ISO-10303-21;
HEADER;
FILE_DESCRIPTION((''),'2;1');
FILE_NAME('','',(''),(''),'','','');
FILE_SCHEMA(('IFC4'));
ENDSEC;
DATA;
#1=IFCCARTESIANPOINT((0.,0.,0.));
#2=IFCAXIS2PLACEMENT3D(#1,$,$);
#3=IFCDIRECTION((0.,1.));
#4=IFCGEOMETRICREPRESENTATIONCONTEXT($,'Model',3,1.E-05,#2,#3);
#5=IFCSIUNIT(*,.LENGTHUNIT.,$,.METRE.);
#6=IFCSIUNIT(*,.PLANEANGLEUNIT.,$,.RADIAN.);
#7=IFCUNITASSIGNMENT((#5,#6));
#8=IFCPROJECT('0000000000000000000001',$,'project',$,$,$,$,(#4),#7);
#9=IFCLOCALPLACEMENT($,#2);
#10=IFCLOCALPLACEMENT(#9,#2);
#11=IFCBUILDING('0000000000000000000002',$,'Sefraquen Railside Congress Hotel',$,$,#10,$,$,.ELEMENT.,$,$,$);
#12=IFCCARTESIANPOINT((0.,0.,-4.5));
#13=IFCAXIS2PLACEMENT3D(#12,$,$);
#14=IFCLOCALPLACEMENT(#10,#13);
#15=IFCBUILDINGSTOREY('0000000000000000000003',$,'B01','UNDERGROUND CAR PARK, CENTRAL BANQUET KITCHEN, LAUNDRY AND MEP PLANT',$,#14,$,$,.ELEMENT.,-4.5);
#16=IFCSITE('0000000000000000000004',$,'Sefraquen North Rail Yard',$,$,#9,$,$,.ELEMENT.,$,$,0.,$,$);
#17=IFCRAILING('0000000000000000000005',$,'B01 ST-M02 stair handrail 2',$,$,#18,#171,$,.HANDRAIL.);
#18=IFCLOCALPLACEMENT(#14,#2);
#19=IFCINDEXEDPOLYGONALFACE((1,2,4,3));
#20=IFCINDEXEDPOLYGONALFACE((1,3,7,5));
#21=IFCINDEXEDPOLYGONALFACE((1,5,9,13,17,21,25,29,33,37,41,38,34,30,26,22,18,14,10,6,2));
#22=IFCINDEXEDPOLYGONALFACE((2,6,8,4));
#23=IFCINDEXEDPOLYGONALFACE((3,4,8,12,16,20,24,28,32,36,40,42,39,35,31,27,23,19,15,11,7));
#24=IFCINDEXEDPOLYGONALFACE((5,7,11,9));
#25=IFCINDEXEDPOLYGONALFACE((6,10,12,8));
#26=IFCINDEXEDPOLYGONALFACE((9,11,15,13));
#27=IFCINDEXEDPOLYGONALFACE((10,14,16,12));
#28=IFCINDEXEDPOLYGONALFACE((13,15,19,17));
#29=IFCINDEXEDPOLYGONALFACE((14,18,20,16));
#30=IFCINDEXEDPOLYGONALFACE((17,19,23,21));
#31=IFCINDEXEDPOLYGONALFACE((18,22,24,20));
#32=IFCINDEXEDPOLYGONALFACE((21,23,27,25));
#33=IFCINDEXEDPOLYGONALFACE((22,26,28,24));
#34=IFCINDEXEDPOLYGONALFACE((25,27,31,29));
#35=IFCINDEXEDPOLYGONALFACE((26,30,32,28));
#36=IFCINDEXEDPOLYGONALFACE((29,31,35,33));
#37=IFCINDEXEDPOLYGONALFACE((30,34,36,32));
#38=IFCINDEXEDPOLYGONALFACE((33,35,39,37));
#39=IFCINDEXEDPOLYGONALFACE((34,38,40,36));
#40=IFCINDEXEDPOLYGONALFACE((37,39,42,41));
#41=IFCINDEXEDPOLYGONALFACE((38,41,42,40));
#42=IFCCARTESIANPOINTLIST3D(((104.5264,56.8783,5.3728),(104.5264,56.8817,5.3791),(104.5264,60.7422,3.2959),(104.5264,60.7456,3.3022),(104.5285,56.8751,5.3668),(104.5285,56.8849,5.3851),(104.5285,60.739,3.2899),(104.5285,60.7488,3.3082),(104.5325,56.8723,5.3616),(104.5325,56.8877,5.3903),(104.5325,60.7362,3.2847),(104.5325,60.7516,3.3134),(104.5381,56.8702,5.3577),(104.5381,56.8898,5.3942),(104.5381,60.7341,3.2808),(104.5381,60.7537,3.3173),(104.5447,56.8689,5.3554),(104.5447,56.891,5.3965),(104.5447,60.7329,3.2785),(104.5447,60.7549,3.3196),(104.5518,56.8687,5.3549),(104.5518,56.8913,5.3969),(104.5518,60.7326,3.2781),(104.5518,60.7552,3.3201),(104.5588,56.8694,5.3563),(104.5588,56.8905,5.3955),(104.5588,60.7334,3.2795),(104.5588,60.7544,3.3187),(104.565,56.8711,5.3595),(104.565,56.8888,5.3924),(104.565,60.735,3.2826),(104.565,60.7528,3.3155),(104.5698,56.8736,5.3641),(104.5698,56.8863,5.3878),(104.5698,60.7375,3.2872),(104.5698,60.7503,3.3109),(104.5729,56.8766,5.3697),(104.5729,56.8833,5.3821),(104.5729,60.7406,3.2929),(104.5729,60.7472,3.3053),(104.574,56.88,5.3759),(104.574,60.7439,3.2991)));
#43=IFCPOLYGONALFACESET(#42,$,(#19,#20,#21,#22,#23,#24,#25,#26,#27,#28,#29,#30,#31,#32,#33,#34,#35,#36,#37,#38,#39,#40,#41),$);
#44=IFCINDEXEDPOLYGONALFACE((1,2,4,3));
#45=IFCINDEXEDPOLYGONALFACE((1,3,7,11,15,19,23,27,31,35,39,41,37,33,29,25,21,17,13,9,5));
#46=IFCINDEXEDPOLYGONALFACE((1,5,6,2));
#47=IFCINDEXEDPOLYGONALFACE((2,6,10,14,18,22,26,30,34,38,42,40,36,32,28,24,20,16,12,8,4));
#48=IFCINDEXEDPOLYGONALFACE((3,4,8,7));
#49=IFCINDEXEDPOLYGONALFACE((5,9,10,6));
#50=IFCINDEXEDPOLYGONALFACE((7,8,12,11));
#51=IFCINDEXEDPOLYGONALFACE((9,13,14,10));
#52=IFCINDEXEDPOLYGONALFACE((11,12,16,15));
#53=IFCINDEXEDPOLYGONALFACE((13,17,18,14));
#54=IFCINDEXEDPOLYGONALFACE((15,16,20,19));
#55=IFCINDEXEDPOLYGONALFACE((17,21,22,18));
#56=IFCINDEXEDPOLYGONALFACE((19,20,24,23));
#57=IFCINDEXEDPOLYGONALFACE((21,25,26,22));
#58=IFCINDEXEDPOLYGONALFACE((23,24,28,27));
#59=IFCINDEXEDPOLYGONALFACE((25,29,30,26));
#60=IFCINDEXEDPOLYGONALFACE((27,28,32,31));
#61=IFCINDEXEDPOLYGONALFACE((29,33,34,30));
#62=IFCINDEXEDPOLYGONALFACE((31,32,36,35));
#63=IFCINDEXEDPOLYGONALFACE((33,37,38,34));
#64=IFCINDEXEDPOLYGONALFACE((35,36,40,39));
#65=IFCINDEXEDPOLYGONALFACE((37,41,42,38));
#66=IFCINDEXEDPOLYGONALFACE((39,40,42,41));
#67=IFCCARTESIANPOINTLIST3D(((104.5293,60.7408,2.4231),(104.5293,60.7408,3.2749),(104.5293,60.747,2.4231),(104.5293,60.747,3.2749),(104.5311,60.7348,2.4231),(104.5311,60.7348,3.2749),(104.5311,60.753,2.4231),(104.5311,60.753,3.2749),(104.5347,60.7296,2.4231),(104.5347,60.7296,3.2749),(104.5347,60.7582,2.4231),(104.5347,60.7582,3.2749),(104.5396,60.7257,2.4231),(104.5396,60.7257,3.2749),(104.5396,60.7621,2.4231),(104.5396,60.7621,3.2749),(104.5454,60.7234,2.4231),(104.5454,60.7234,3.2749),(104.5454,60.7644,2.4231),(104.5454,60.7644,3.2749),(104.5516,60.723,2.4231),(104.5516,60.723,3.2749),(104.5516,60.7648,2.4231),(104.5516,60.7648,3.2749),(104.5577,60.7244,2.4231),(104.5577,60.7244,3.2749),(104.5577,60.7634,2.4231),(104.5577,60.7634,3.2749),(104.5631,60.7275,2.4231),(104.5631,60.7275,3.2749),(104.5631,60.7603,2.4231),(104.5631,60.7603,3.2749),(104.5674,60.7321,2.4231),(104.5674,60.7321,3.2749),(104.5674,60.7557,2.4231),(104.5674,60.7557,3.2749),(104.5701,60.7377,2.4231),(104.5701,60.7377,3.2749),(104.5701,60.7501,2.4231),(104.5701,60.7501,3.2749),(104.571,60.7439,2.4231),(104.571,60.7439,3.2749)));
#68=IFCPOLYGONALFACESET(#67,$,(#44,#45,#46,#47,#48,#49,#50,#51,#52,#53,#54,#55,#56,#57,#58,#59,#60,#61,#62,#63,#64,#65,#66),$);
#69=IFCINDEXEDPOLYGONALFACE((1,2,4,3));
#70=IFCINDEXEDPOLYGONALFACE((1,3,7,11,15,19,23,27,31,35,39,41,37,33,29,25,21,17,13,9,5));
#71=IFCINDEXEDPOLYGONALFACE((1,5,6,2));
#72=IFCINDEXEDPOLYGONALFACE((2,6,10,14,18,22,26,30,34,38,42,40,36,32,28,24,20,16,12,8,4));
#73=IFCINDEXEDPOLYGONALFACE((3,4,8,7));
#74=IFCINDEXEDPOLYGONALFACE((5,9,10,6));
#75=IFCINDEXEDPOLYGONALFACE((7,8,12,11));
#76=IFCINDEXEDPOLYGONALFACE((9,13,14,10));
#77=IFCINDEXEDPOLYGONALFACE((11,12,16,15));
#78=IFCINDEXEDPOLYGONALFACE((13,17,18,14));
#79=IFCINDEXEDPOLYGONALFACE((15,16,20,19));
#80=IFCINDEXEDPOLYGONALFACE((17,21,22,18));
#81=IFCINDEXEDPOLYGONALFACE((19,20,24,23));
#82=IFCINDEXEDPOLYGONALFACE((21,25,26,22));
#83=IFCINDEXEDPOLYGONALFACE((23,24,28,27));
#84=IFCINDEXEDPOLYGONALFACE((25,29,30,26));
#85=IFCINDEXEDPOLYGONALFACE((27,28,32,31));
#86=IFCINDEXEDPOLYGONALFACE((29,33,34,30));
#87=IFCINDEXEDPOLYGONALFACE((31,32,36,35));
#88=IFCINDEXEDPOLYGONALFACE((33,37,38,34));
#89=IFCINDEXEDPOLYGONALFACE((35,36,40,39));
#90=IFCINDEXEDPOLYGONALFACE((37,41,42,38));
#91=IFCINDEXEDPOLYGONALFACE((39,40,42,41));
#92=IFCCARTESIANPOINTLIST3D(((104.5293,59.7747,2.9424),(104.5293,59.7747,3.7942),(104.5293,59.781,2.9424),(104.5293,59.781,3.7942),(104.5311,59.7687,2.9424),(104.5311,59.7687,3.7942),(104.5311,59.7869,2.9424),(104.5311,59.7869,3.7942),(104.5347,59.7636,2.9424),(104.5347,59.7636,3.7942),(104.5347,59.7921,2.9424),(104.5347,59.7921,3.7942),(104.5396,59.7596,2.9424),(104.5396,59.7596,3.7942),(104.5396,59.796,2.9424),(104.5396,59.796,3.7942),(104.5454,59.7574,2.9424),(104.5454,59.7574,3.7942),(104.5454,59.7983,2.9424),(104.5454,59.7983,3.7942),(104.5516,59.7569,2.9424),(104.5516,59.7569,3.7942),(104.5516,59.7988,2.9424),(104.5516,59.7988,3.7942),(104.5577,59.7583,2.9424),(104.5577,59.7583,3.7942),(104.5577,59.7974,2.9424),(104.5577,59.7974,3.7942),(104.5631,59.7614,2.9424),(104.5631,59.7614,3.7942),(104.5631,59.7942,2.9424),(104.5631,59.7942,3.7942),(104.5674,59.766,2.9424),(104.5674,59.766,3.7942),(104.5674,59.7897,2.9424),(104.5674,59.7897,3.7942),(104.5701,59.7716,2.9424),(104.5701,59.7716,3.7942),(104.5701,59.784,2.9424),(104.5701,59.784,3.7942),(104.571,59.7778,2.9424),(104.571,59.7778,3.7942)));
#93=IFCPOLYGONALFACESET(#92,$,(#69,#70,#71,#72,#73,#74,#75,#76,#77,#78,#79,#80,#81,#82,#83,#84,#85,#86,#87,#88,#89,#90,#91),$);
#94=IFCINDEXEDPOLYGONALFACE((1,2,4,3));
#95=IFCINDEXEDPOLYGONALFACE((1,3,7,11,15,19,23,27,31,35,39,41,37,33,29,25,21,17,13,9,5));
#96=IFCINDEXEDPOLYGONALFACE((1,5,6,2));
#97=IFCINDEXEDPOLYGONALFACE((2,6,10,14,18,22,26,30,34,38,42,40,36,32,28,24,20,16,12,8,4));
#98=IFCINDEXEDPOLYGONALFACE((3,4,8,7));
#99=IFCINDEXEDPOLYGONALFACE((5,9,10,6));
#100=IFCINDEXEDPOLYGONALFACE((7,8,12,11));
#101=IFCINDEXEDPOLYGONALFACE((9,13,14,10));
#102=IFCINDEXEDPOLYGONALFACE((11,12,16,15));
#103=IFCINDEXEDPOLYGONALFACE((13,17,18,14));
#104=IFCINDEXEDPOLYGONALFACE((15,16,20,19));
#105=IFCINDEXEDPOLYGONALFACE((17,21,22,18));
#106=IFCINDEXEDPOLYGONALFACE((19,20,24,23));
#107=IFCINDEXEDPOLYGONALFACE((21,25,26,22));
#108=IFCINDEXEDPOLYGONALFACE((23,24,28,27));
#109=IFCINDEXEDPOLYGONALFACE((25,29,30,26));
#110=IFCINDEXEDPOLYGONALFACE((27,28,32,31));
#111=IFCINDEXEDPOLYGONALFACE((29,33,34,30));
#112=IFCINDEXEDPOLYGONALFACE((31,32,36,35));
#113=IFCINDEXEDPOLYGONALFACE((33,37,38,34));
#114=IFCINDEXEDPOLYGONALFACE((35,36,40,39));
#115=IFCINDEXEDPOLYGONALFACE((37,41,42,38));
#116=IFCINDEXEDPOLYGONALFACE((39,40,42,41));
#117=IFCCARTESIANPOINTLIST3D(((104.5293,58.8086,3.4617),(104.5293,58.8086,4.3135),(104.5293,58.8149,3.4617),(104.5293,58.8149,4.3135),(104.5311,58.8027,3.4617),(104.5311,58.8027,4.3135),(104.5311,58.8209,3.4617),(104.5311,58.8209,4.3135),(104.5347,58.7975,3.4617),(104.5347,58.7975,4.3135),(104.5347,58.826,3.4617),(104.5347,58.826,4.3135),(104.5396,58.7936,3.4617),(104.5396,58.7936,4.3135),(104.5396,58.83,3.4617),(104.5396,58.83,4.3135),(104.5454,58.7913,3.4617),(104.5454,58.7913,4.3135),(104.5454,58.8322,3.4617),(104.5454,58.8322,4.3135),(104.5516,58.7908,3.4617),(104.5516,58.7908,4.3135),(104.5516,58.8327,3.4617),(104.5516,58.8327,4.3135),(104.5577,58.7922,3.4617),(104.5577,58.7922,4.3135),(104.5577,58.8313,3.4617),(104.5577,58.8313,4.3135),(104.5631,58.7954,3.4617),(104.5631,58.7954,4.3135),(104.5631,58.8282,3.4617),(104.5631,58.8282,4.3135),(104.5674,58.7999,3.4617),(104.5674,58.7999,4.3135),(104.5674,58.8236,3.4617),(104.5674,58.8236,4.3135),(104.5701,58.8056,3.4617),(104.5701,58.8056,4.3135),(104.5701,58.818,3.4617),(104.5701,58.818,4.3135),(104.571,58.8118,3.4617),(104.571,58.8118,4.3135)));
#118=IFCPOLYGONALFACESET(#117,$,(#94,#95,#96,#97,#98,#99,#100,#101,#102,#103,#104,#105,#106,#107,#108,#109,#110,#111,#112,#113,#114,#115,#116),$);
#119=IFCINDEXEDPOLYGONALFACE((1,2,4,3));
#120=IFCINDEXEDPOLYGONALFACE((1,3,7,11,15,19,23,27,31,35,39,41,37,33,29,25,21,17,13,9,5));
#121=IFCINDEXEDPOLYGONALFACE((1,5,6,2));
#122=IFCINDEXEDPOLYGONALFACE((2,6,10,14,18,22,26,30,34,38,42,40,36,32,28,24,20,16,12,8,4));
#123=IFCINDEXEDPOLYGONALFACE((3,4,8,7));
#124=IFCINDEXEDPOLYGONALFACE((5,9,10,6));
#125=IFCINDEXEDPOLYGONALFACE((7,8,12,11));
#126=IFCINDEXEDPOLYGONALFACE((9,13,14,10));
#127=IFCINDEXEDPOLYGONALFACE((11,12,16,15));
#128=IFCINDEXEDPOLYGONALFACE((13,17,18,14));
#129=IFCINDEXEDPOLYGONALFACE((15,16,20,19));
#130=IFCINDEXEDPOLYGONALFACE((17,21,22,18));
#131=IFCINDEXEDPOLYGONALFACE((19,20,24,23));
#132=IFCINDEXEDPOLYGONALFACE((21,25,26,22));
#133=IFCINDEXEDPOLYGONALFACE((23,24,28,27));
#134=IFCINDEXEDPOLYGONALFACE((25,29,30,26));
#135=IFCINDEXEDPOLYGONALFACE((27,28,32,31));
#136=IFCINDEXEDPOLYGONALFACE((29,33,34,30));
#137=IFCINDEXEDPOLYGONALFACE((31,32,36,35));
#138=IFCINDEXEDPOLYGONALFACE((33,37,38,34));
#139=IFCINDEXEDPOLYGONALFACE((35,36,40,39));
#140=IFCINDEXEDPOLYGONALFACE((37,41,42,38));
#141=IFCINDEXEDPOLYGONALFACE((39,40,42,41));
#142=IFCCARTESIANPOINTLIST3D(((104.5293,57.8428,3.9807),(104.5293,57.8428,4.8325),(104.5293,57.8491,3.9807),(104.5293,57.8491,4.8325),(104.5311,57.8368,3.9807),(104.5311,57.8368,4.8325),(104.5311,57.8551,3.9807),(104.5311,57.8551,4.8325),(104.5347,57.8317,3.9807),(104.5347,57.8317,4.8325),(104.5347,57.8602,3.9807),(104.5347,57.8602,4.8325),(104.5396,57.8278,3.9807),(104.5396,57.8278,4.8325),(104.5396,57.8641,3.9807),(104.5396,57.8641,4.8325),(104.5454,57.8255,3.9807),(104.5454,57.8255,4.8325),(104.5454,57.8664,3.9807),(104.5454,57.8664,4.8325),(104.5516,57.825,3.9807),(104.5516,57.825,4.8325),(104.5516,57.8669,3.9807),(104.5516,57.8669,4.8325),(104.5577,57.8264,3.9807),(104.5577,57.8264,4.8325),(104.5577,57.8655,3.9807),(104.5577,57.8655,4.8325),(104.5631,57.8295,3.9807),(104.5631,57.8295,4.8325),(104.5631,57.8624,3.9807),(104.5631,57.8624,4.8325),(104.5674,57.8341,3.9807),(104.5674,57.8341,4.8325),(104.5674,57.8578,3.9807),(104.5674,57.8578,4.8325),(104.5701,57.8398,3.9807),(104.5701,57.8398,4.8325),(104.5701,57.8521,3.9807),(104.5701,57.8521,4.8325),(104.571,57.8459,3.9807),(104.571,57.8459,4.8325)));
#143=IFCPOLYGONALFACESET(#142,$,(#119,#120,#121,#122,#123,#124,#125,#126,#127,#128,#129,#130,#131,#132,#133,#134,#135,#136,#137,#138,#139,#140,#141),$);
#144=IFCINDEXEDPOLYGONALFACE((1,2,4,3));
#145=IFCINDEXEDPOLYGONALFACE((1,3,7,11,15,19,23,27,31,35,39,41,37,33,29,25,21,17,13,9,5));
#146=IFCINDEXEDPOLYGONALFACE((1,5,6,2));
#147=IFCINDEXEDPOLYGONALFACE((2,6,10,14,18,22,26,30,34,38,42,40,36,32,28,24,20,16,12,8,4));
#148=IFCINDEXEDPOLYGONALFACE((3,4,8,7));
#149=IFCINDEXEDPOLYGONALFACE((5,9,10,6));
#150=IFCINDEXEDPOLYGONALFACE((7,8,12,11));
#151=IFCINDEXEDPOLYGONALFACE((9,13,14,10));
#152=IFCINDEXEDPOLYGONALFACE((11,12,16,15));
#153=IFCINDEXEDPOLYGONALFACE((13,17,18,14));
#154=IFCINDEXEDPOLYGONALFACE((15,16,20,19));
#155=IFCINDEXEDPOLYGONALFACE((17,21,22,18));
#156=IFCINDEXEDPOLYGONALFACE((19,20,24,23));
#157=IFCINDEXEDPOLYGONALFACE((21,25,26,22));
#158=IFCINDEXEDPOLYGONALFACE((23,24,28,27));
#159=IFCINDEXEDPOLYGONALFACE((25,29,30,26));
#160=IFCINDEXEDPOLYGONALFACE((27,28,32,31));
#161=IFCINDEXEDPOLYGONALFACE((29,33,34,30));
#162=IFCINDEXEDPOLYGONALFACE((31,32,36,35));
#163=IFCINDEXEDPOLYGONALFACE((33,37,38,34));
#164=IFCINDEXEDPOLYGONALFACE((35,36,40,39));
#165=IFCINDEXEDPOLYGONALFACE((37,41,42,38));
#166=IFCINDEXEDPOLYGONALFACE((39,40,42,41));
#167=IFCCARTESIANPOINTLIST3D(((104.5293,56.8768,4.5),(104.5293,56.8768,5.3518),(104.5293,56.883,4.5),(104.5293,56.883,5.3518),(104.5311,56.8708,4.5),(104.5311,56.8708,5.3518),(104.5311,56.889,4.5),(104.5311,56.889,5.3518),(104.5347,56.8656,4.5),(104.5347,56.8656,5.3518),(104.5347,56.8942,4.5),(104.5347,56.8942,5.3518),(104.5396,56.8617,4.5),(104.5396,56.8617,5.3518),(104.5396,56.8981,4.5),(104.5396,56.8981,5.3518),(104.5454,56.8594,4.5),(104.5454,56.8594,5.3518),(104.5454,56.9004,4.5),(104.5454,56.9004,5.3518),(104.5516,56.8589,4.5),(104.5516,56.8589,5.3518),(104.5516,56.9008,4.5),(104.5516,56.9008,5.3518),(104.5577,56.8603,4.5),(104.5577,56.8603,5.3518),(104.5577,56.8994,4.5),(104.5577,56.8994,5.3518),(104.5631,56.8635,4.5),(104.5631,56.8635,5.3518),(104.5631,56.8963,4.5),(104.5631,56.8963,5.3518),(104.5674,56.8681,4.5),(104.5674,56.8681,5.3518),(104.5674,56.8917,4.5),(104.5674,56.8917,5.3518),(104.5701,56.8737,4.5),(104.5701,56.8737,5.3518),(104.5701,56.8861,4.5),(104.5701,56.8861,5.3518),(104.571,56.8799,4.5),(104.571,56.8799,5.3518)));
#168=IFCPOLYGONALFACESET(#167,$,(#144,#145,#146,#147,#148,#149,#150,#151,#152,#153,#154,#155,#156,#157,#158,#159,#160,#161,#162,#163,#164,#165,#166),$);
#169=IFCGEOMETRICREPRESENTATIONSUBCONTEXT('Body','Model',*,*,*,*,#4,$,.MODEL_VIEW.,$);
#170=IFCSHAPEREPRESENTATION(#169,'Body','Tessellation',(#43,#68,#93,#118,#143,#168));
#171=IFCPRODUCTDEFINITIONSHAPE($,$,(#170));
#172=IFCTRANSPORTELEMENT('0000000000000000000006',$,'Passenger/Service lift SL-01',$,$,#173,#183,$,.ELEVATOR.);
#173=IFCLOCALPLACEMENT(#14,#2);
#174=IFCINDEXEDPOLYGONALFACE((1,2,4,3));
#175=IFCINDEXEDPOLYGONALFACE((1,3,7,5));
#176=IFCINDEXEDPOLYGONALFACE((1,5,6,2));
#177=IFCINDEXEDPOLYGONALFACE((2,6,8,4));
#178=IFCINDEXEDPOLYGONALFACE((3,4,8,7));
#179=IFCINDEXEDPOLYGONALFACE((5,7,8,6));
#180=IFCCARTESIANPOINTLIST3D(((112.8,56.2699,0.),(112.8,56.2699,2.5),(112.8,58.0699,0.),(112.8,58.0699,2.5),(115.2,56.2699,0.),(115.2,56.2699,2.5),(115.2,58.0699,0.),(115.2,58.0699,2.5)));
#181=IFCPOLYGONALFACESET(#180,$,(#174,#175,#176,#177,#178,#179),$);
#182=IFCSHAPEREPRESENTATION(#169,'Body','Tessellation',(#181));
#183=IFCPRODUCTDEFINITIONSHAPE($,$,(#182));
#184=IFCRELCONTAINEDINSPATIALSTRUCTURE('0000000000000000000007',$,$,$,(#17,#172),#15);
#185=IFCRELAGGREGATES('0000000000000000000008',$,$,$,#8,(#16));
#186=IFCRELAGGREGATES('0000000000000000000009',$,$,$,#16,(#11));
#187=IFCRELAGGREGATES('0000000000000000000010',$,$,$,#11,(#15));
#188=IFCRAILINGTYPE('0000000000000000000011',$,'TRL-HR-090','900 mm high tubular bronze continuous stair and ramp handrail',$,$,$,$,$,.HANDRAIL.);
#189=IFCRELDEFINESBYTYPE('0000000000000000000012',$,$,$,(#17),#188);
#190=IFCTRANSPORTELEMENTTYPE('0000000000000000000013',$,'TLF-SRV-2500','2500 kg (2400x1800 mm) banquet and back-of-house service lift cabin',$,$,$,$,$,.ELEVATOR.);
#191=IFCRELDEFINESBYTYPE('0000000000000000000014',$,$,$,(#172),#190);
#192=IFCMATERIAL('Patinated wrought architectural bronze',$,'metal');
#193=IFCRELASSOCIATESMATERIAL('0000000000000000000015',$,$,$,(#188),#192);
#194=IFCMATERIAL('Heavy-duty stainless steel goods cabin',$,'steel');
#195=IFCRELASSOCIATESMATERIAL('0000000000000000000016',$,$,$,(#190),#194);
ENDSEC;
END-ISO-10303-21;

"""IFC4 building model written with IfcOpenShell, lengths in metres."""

from ifc_helpers import new_model, si_unit, direction, frame, origin, origin_2d, place, context, subcontext, project, spatial, rectangle, circle, extrude, material, type_object, element, save


model = new_model("IFC4")

# Units and contexts
model_context = context("Model", 3, precision=1e-05, world=origin(), true_north=direction((0.0, 1.0)))
body_context = subcontext(model_context, "Body", "Model", "MODEL_VIEW")
ifc_project = project(units=[si_unit("LENGTHUNIT", "METRE"), si_unit("PLANEANGLEUNIT", "RADIAN")], contexts=[model_context])

# Site, building, storey
site_placement = place(None, origin())
site = spatial("IfcSite", under=ifc_project, at=site_placement, Name="Sefraquen North Rail Yard", CompositionType="ELEMENT", RefElevation=0.0)
building_placement = place(site_placement, origin())
building = spatial("IfcBuilding", under=site, at=building_placement, Name="Sefraquen Railside Congress Hotel", CompositionType="ELEMENT")
storey_placement = place(building_placement, frame((0.0, 0.0, -4.5)))
storey = spatial("IfcBuildingStorey", under=building, at=storey_placement, Name="B01", Description="UNDERGROUND CAR PARK, CENTRAL BANQUET KITCHEN, LAUNDRY AND MEP PLANT", CompositionType="ELEMENT", Elevation=-4.5)

# Railing
ifc_material_1 = material(Name="Patinated wrought architectural bronze", Category="metal")
railing_type_1 = type_object("IfcRailingType", Name="TRL-HR-090", Description="900 mm high tubular bronze continuous stair and ramp handrail", PredefinedType="HANDRAIL", material=ifc_material_1)
railing_1_placement = place(storey_placement, frame((104.55, 60.7439, 2.4231)))
element("IfcRailing", 1, at=railing_1_placement, inside=storey, type_object=railing_type_1, Name="B01 ST-M02 stair handrail 2", PredefinedType="HANDRAIL", context=body_context, shape_type="SweptSolid", body=[
    extrude(circle(Radius=0.0239, at=origin_2d()), frame((0.0, 0.0, 0.876), z_axis=(0.0, -0.880825, 0.473443), x_axis=(1.0, 0.0, 0.0)), (0.0, 0.0, 1.0), 4.3867),
    extrude(circle(Radius=0.021, at=origin_2d()), origin(), (0.0, 0.0, 1.0), 0.8518),
    extrude(circle(Radius=0.021, at=origin_2d()), frame((0.0, -0.9661, 0.5193)), (0.0, 0.0, 1.0), 0.8518),
    extrude(circle(Radius=0.021, at=origin_2d()), frame((0.0, -1.9321, 1.0386)), (0.0, 0.0, 1.0), 0.8518),
    extrude(circle(Radius=0.021, at=origin_2d()), frame((0.0, -2.8979, 1.5576)), (0.0, 0.0, 1.0), 0.8518),
    extrude(circle(Radius=0.021, at=origin_2d()), frame((0.0, -3.864, 2.0769)), (0.0, 0.0, 1.0), 0.8518),
])

# Transport element
ifc_material_2 = material(Name="Heavy-duty stainless steel goods cabin", Category="steel")
transport_element_type = type_object("IfcTransportElementType", Name="TLF-SRV-2500", Description="2500 kg (2400x1800 mm) banquet and back-of-house service lift cabin", PredefinedType="ELEVATOR", material=ifc_material_2)
transport_element_placement = place(storey_placement, frame((114.0, 57.1699, 0.0), z_axis=(0.0, 0.0, 1.0), x_axis=(1.0, 0.0, 0.0)))
element("IfcTransportElement", 2, at=transport_element_placement, inside=storey, type_object=transport_element_type, Name="Passenger/Service lift SL-01", PredefinedType="ELEVATOR", context=body_context, shape_type="SweptSolid", body=[
    extrude(rectangle(XDim=2.3999, YDim=1.8, at=origin_2d()), origin(), (0.0, 0.0, 1.0), 2.5),
])

save(model, "model.ifc")
